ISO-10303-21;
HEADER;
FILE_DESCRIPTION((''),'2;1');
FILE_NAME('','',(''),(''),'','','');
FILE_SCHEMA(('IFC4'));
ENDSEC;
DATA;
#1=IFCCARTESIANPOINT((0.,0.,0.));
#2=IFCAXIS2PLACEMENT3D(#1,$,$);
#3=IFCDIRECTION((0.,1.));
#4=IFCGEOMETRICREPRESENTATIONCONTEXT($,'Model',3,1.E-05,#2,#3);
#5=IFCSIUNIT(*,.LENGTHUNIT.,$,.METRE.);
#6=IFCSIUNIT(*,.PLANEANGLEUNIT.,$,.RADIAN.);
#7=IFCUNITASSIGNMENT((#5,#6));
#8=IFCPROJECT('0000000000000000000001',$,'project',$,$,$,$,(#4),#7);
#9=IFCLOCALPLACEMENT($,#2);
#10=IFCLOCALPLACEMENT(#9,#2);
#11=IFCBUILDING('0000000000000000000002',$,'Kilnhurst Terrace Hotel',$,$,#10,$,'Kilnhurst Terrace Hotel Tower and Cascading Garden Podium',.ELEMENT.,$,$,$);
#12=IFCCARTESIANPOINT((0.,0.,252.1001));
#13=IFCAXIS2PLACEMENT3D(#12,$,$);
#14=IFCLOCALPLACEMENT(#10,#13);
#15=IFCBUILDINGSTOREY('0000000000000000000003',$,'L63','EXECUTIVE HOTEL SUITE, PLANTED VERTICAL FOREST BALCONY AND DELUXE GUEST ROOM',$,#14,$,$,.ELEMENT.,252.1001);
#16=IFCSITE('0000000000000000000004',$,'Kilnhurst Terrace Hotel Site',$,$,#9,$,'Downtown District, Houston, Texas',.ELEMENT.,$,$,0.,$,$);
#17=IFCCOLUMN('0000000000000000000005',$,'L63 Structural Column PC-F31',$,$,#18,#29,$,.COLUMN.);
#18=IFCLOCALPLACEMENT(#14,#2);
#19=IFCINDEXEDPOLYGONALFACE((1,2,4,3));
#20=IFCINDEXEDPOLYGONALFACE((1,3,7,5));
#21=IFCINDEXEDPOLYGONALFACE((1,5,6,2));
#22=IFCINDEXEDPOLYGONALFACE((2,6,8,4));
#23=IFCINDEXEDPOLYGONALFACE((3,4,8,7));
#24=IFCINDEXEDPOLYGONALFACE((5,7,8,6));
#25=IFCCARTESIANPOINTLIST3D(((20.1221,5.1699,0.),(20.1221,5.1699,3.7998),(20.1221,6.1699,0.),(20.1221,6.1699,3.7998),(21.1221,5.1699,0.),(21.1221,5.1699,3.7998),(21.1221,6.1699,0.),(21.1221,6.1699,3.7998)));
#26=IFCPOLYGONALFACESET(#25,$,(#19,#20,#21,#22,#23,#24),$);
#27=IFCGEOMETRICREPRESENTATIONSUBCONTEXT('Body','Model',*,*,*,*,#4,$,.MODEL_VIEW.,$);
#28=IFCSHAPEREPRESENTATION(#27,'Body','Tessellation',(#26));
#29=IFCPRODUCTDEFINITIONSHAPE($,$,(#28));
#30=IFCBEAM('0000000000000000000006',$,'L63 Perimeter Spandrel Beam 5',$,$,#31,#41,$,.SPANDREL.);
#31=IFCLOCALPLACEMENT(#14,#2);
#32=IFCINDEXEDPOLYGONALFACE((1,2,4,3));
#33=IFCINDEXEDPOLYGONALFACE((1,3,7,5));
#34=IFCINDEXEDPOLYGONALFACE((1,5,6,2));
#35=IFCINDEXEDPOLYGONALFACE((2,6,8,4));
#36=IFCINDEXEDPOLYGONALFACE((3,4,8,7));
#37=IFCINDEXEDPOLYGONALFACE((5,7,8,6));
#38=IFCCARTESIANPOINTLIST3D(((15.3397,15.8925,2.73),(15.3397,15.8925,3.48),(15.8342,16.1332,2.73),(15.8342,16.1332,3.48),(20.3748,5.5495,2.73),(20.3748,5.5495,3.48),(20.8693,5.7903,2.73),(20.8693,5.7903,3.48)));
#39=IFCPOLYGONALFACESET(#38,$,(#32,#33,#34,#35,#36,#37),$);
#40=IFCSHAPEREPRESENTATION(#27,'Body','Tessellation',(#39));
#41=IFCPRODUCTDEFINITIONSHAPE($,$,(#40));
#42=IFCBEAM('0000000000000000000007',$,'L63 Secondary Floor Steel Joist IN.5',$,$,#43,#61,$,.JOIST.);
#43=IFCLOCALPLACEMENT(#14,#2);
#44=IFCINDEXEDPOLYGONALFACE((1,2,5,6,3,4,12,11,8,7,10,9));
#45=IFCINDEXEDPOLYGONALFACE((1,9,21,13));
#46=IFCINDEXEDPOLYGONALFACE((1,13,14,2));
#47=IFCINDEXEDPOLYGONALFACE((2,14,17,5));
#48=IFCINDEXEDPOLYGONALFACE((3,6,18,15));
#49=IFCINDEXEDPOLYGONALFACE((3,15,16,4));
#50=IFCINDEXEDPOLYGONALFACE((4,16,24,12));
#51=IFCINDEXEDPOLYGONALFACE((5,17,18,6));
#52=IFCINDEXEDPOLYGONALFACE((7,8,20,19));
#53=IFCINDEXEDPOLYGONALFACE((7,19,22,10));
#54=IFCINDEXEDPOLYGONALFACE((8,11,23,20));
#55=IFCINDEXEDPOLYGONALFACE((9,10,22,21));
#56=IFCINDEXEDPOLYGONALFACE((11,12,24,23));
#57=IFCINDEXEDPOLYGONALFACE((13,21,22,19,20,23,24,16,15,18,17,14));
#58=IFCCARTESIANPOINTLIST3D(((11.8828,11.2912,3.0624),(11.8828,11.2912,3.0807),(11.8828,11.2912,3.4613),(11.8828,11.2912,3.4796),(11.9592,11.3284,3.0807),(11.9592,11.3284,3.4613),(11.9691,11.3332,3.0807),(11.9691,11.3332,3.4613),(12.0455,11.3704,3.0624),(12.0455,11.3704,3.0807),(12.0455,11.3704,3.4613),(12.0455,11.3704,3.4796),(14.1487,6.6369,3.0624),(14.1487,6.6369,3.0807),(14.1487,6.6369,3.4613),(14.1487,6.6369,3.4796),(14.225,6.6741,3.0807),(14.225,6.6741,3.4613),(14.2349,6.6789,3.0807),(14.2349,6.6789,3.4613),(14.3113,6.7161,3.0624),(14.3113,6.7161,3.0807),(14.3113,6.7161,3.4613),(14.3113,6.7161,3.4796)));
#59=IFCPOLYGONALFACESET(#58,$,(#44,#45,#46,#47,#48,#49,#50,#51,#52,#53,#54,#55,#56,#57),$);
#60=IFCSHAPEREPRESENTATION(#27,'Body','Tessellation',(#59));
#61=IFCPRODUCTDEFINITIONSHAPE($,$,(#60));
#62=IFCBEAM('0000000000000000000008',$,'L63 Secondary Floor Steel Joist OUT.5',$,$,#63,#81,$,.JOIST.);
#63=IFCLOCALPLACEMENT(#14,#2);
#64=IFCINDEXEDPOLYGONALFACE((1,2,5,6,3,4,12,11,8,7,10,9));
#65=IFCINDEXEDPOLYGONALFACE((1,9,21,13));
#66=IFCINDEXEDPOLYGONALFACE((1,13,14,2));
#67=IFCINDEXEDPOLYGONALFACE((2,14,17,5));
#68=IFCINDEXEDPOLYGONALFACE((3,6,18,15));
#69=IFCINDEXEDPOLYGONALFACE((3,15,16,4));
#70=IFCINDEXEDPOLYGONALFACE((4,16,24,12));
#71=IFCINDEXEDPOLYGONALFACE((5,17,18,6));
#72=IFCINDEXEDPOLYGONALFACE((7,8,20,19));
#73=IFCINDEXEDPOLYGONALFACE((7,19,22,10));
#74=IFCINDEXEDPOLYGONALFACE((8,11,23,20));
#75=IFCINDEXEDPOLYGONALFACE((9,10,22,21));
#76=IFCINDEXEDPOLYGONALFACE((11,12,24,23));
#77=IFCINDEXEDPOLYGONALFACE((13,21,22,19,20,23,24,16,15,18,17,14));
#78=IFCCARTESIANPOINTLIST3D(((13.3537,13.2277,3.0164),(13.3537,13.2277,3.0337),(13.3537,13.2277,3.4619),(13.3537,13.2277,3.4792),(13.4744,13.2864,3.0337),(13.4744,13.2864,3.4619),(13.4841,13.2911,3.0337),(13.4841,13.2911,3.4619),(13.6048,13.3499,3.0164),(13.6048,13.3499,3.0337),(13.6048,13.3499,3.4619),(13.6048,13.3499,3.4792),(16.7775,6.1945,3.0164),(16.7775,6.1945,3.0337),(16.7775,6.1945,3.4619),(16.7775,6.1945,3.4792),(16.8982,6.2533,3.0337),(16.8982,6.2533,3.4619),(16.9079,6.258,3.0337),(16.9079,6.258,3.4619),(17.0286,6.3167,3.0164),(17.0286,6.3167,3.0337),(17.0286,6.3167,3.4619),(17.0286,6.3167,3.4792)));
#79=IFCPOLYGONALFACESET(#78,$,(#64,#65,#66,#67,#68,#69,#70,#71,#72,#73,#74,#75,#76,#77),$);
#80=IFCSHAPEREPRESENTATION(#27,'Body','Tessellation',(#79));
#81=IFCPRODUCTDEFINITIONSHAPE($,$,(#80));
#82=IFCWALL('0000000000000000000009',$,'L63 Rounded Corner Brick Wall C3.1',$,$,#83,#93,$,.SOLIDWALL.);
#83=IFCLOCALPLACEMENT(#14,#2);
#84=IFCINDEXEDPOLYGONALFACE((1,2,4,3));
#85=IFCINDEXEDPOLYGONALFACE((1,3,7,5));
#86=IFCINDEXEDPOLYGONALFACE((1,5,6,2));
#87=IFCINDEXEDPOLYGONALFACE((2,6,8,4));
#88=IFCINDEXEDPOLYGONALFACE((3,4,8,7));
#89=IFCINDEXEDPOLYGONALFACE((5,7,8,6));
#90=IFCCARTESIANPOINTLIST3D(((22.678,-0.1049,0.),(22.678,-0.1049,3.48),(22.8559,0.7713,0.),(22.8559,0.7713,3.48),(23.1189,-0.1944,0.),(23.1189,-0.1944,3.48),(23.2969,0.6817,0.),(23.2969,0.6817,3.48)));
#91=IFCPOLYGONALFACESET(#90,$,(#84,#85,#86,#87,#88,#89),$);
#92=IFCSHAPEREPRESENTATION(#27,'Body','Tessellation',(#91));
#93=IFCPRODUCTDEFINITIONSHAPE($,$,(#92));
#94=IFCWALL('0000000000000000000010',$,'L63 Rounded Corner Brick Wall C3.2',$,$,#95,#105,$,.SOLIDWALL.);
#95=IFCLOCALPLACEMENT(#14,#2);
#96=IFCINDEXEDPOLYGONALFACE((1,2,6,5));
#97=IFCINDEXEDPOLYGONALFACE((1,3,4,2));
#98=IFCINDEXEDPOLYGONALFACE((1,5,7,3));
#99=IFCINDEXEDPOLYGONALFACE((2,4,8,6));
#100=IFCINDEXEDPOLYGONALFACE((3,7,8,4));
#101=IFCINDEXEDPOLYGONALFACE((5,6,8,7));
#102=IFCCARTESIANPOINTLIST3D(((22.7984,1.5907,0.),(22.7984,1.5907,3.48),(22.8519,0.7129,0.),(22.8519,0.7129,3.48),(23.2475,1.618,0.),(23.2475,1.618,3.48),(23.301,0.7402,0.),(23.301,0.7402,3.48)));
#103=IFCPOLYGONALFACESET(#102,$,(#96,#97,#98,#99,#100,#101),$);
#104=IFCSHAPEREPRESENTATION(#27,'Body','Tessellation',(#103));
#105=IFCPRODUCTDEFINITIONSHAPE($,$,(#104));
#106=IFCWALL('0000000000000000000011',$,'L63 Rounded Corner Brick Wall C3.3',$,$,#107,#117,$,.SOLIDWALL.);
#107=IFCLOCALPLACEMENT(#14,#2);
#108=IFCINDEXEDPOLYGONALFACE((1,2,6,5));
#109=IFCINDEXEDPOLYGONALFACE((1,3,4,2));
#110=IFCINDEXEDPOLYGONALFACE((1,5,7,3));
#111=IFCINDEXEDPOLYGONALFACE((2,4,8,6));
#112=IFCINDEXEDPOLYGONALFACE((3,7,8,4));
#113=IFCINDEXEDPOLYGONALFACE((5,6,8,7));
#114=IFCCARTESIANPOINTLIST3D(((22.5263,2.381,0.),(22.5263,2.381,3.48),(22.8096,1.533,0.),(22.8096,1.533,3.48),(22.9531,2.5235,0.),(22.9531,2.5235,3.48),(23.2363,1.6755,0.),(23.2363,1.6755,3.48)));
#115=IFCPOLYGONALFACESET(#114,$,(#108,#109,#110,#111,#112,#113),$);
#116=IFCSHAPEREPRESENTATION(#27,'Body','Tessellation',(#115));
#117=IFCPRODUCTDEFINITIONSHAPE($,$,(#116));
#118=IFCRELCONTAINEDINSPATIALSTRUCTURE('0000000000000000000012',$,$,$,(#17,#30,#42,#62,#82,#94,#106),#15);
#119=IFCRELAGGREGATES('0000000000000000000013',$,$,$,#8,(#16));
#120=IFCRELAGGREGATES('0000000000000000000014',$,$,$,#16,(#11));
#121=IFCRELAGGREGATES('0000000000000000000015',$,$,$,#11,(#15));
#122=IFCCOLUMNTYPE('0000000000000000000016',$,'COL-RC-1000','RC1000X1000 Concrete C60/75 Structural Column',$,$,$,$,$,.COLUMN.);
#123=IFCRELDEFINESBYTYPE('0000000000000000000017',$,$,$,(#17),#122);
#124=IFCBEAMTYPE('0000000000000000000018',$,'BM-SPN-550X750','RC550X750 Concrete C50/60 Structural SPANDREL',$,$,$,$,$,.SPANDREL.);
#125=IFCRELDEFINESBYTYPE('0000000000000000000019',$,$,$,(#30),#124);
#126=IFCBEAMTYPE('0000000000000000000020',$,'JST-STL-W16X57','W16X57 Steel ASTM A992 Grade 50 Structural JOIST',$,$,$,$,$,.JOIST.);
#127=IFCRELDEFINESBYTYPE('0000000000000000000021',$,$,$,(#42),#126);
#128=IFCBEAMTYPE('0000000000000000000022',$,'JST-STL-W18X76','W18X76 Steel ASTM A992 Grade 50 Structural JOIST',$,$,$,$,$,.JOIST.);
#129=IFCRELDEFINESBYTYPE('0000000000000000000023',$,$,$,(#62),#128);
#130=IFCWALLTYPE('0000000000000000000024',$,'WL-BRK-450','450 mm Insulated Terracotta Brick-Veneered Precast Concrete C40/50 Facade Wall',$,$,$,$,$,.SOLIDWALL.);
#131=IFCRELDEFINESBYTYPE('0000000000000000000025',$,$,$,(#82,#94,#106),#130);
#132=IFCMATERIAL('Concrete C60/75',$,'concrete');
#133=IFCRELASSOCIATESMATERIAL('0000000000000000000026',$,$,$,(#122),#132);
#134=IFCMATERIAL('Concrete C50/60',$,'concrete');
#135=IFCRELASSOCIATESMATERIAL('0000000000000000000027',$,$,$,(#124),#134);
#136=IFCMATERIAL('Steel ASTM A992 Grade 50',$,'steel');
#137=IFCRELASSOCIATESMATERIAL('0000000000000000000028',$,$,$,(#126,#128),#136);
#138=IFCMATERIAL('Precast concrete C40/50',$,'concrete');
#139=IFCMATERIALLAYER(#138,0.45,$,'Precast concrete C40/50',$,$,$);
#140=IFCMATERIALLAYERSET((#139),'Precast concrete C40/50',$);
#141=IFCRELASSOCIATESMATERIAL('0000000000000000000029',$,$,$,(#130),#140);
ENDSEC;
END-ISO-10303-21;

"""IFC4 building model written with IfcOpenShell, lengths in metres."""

from ifc_helpers import new_model, si_unit, direction, frame, frame_2d, origin, origin_2d, place, context, subcontext, project, spatial, rectangle, i_section, extrude, material, layer, layer_set, material_profile, profile_set, type_object, element, save


model = new_model("IFC4")

# Units and contexts
model_context = context("Model", 3, precision=1e-05, world=origin(), true_north=direction((0.0, 1.0)))
body_context = subcontext(model_context, "Body", "Model", "MODEL_VIEW")
ifc_project = project(units=[si_unit("LENGTHUNIT", "METRE"), si_unit("PLANEANGLEUNIT", "RADIAN")], contexts=[model_context])

# Site, building, storey
site_placement = place(None, origin())
site = spatial("IfcSite", under=ifc_project, at=site_placement, Name="Kilnhurst Terrace Hotel Site", LongName="Downtown District, Houston, Texas", CompositionType="ELEMENT", RefElevation=0.0)
building_placement = place(site_placement, origin())
building = spatial("IfcBuilding", under=site, at=building_placement, Name="Kilnhurst Terrace Hotel", LongName="Kilnhurst Terrace Hotel Tower and Cascading Garden Podium", CompositionType="ELEMENT")
storey_placement = place(building_placement, frame((0.0, 0.0, 252.1001)))
storey = spatial("IfcBuildingStorey", under=building, at=storey_placement, Name="L63", Description="EXECUTIVE HOTEL SUITE, PLANTED VERTICAL FOREST BALCONY AND DELUXE GUEST ROOM", CompositionType="ELEMENT", Elevation=252.1001)

# Column
ifc_material_1 = material(Name="Concrete C60/75", Category="concrete")
ifc_material_profile_1 = material_profile(ifc_material_1, rectangle(XDim=1.0, YDim=1.0, at=origin_2d()), Name="RC1000X1000")
ifc_profile_set_1 = profile_set([ifc_material_profile_1], Name="Concrete C60/75")
column_type = type_object("IfcColumnType", Name="COL-RC-1000", Description="RC1000X1000 Concrete C60/75 Structural Column", PredefinedType="COLUMN", material=ifc_profile_set_1)
column_placement = place(storey_placement, frame((20.6221, 5.6699, 0.0), z_axis=(0.0, 0.0, 1.0), x_axis=(1.0, 0.0, 0.0)))
element("IfcColumn", 1, at=column_placement, inside=storey, type_object=column_type, Name="L63 Structural Column PC-F31", PredefinedType="COLUMN", context=body_context, shape_type="SweptSolid", body=[
    extrude(rectangle(XDim=1.0, YDim=1.0, at=origin_2d()), origin(), (0.0, 0.0, 1.0), 3.7998),
])

# Beams
ifc_material_2 = material(Name="Concrete C50/60", Category="concrete")
ifc_material_profile_2 = material_profile(ifc_material_2, rectangle(XDim=0.55, YDim=0.75, at=origin_2d()), Name="RC550X750")
ifc_profile_set_2 = profile_set([ifc_material_profile_2], Name="Concrete C50/60")
beam_type_1 = type_object("IfcBeamType", Name="BM-SPN-550X750", Description="RC550X750 Concrete C50/60 Structural SPANDREL", PredefinedType="SPANDREL", material=ifc_profile_set_2)
beam_1_placement = place(storey_placement, frame((20.6221, 5.6699, 3.105), z_axis=(-0.437706, 0.899118, 0.0), x_axis=(-0.899118, -0.437706, 0.0)))
element("IfcBeam", 2, at=beam_1_placement, inside=storey, type_object=beam_type_1, Name="L63 Perimeter Spandrel Beam 5", PredefinedType="SPANDREL", context=body_context, shape_type="SweptSolid", body=[
    extrude(rectangle(XDim=0.55, YDim=0.75, at=origin_2d()), origin(), (0.0, 0.0, 1.0), 11.5034),
])
ifc_material_3 = material(Name="Steel ASTM A992 Grade 50", Category="steel")
ifc_material_profile_3 = material_profile(ifc_material_3, i_section(OverallWidth=0.1809, OverallDepth=0.4172, WebThickness=0.011, FlangeThickness=0.0183, at=origin_2d()), Name="W16X57")
ifc_profile_set_3 = profile_set([ifc_material_profile_3], Name="Steel ASTM A992 Grade 50")
beam_type_2 = type_object("IfcBeamType", Name="JST-STL-W16X57", Description="W16X57 Steel ASTM A992 Grade 50 Structural JOIST", PredefinedType="JOIST", material=ifc_profile_set_3)
beam_2_placement = place(storey_placement, frame((14.23, 6.6765, 3.271), z_axis=(-0.437718, 0.899112, 0.0), x_axis=(-0.899112, -0.437718, 0.0)))
element("IfcBeam", 3, at=beam_2_placement, inside=storey, type_object=beam_type_2, Name="L63 Secondary Floor Steel Joist IN.5", PredefinedType="JOIST", context=body_context, shape_type="SweptSolid", body=[
    extrude(i_section(OverallWidth=0.1809, OverallDepth=0.4172, WebThickness=0.011, FlangeThickness=0.0183, at=origin_2d()), origin(), (0.0, 0.0, 1.0), 5.1765),
])
ifc_material_profile_4 = material_profile(ifc_material_3, i_section(OverallWidth=0.2793, OverallDepth=0.4629, WebThickness=0.0107, FlangeThickness=0.0173, at=origin_2d()), Name="W18X76")
ifc_profile_set_4 = profile_set([ifc_material_profile_4], Name="Steel ASTM A992 Grade 50")
beam_type_3 = type_object("IfcBeamType", Name="JST-STL-W18X76", Description="W18X76 Steel ASTM A992 Grade 50 Structural JOIST", PredefinedType="JOIST", material=ifc_profile_set_4)
beam_3_placement = place(storey_placement, frame((16.9031, 6.2556, 3.2478), z_axis=(-0.4377, 0.899121, 0.0), x_axis=(-0.899121, -0.4377, 0.0)))
element("IfcBeam", 4, at=beam_3_placement, inside=storey, type_object=beam_type_3, Name="L63 Secondary Floor Steel Joist OUT.5", PredefinedType="JOIST", context=body_context, shape_type="SweptSolid", body=[
    extrude(i_section(OverallWidth=0.2793, OverallDepth=0.4629, WebThickness=0.0107, FlangeThickness=0.0173, at=origin_2d()), origin(), (0.0, 0.0, 1.0), 7.8223),
])

# Walls
ifc_material_4 = material(Name="Precast concrete C40/50", Category="concrete")
ifc_layer_1 = layer(ifc_material_4, 0.45, Name="Precast concrete C40/50")
ifc_layer_set_1 = layer_set([ifc_layer_1], Name="Precast concrete C40/50")
wall_type_1 = type_object("IfcWallType", Name="WL-BRK-450", Description="450 mm Insulated Terracotta Brick-Veneered Precast Concrete C40/50 Facade Wall", PredefinedType="SOLIDWALL", material=ifc_layer_set_1)
wall_1_placement = place(storey_placement, frame((22.8984, -0.1497, 0.0), z_axis=(0.0, 0.0, 1.0), x_axis=(0.199056, 0.979988, 0.0)))
element("IfcWall", 5, at=wall_1_placement, inside=storey, type_object=wall_type_1, Name="L63 Rounded Corner Brick Wall C3.1", PredefinedType="SOLIDWALL", context=body_context, shape_type="SweptSolid", body=[
    extrude(rectangle(XDim=0.894, YDim=0.45, at=frame_2d((0.447, 0.0))), origin(), (0.0, 0.0, 1.0), 3.48),
])
wall_2_placement = place(storey_placement, frame((23.0764, 0.7266, 0.0), z_axis=(0.0, 0.0, 1.0), x_axis=(-0.060805, 0.99815, 0.0)))
element("IfcWall", 6, at=wall_2_placement, inside=storey, type_object=wall_type_1, Name="L63 Rounded Corner Brick Wall C3.2", PredefinedType="SOLIDWALL", context=body_context, shape_type="SweptSolid", body=[
    extrude(rectangle(XDim=0.8794, YDim=0.45, at=frame_2d((0.4397, 0.0))), origin(), (0.0, 0.0, 1.0), 3.48),
])
wall_3_placement = place(storey_placement, frame((23.0229, 1.6042, 0.0), z_axis=(0.0, 0.0, 1.0), x_axis=(-0.316801, 0.948492, 0.0)))
element("IfcWall", 7, at=wall_3_placement, inside=storey, type_object=wall_type_1, Name="L63 Rounded Corner Brick Wall C3.3", PredefinedType="SOLIDWALL", context=body_context, shape_type="SweptSolid", body=[
    extrude(rectangle(XDim=0.894, YDim=0.45, at=frame_2d((0.447, 0.0))), origin(), (0.0, 0.0, 1.0), 3.48),
])

save(model, "model.ifc")
